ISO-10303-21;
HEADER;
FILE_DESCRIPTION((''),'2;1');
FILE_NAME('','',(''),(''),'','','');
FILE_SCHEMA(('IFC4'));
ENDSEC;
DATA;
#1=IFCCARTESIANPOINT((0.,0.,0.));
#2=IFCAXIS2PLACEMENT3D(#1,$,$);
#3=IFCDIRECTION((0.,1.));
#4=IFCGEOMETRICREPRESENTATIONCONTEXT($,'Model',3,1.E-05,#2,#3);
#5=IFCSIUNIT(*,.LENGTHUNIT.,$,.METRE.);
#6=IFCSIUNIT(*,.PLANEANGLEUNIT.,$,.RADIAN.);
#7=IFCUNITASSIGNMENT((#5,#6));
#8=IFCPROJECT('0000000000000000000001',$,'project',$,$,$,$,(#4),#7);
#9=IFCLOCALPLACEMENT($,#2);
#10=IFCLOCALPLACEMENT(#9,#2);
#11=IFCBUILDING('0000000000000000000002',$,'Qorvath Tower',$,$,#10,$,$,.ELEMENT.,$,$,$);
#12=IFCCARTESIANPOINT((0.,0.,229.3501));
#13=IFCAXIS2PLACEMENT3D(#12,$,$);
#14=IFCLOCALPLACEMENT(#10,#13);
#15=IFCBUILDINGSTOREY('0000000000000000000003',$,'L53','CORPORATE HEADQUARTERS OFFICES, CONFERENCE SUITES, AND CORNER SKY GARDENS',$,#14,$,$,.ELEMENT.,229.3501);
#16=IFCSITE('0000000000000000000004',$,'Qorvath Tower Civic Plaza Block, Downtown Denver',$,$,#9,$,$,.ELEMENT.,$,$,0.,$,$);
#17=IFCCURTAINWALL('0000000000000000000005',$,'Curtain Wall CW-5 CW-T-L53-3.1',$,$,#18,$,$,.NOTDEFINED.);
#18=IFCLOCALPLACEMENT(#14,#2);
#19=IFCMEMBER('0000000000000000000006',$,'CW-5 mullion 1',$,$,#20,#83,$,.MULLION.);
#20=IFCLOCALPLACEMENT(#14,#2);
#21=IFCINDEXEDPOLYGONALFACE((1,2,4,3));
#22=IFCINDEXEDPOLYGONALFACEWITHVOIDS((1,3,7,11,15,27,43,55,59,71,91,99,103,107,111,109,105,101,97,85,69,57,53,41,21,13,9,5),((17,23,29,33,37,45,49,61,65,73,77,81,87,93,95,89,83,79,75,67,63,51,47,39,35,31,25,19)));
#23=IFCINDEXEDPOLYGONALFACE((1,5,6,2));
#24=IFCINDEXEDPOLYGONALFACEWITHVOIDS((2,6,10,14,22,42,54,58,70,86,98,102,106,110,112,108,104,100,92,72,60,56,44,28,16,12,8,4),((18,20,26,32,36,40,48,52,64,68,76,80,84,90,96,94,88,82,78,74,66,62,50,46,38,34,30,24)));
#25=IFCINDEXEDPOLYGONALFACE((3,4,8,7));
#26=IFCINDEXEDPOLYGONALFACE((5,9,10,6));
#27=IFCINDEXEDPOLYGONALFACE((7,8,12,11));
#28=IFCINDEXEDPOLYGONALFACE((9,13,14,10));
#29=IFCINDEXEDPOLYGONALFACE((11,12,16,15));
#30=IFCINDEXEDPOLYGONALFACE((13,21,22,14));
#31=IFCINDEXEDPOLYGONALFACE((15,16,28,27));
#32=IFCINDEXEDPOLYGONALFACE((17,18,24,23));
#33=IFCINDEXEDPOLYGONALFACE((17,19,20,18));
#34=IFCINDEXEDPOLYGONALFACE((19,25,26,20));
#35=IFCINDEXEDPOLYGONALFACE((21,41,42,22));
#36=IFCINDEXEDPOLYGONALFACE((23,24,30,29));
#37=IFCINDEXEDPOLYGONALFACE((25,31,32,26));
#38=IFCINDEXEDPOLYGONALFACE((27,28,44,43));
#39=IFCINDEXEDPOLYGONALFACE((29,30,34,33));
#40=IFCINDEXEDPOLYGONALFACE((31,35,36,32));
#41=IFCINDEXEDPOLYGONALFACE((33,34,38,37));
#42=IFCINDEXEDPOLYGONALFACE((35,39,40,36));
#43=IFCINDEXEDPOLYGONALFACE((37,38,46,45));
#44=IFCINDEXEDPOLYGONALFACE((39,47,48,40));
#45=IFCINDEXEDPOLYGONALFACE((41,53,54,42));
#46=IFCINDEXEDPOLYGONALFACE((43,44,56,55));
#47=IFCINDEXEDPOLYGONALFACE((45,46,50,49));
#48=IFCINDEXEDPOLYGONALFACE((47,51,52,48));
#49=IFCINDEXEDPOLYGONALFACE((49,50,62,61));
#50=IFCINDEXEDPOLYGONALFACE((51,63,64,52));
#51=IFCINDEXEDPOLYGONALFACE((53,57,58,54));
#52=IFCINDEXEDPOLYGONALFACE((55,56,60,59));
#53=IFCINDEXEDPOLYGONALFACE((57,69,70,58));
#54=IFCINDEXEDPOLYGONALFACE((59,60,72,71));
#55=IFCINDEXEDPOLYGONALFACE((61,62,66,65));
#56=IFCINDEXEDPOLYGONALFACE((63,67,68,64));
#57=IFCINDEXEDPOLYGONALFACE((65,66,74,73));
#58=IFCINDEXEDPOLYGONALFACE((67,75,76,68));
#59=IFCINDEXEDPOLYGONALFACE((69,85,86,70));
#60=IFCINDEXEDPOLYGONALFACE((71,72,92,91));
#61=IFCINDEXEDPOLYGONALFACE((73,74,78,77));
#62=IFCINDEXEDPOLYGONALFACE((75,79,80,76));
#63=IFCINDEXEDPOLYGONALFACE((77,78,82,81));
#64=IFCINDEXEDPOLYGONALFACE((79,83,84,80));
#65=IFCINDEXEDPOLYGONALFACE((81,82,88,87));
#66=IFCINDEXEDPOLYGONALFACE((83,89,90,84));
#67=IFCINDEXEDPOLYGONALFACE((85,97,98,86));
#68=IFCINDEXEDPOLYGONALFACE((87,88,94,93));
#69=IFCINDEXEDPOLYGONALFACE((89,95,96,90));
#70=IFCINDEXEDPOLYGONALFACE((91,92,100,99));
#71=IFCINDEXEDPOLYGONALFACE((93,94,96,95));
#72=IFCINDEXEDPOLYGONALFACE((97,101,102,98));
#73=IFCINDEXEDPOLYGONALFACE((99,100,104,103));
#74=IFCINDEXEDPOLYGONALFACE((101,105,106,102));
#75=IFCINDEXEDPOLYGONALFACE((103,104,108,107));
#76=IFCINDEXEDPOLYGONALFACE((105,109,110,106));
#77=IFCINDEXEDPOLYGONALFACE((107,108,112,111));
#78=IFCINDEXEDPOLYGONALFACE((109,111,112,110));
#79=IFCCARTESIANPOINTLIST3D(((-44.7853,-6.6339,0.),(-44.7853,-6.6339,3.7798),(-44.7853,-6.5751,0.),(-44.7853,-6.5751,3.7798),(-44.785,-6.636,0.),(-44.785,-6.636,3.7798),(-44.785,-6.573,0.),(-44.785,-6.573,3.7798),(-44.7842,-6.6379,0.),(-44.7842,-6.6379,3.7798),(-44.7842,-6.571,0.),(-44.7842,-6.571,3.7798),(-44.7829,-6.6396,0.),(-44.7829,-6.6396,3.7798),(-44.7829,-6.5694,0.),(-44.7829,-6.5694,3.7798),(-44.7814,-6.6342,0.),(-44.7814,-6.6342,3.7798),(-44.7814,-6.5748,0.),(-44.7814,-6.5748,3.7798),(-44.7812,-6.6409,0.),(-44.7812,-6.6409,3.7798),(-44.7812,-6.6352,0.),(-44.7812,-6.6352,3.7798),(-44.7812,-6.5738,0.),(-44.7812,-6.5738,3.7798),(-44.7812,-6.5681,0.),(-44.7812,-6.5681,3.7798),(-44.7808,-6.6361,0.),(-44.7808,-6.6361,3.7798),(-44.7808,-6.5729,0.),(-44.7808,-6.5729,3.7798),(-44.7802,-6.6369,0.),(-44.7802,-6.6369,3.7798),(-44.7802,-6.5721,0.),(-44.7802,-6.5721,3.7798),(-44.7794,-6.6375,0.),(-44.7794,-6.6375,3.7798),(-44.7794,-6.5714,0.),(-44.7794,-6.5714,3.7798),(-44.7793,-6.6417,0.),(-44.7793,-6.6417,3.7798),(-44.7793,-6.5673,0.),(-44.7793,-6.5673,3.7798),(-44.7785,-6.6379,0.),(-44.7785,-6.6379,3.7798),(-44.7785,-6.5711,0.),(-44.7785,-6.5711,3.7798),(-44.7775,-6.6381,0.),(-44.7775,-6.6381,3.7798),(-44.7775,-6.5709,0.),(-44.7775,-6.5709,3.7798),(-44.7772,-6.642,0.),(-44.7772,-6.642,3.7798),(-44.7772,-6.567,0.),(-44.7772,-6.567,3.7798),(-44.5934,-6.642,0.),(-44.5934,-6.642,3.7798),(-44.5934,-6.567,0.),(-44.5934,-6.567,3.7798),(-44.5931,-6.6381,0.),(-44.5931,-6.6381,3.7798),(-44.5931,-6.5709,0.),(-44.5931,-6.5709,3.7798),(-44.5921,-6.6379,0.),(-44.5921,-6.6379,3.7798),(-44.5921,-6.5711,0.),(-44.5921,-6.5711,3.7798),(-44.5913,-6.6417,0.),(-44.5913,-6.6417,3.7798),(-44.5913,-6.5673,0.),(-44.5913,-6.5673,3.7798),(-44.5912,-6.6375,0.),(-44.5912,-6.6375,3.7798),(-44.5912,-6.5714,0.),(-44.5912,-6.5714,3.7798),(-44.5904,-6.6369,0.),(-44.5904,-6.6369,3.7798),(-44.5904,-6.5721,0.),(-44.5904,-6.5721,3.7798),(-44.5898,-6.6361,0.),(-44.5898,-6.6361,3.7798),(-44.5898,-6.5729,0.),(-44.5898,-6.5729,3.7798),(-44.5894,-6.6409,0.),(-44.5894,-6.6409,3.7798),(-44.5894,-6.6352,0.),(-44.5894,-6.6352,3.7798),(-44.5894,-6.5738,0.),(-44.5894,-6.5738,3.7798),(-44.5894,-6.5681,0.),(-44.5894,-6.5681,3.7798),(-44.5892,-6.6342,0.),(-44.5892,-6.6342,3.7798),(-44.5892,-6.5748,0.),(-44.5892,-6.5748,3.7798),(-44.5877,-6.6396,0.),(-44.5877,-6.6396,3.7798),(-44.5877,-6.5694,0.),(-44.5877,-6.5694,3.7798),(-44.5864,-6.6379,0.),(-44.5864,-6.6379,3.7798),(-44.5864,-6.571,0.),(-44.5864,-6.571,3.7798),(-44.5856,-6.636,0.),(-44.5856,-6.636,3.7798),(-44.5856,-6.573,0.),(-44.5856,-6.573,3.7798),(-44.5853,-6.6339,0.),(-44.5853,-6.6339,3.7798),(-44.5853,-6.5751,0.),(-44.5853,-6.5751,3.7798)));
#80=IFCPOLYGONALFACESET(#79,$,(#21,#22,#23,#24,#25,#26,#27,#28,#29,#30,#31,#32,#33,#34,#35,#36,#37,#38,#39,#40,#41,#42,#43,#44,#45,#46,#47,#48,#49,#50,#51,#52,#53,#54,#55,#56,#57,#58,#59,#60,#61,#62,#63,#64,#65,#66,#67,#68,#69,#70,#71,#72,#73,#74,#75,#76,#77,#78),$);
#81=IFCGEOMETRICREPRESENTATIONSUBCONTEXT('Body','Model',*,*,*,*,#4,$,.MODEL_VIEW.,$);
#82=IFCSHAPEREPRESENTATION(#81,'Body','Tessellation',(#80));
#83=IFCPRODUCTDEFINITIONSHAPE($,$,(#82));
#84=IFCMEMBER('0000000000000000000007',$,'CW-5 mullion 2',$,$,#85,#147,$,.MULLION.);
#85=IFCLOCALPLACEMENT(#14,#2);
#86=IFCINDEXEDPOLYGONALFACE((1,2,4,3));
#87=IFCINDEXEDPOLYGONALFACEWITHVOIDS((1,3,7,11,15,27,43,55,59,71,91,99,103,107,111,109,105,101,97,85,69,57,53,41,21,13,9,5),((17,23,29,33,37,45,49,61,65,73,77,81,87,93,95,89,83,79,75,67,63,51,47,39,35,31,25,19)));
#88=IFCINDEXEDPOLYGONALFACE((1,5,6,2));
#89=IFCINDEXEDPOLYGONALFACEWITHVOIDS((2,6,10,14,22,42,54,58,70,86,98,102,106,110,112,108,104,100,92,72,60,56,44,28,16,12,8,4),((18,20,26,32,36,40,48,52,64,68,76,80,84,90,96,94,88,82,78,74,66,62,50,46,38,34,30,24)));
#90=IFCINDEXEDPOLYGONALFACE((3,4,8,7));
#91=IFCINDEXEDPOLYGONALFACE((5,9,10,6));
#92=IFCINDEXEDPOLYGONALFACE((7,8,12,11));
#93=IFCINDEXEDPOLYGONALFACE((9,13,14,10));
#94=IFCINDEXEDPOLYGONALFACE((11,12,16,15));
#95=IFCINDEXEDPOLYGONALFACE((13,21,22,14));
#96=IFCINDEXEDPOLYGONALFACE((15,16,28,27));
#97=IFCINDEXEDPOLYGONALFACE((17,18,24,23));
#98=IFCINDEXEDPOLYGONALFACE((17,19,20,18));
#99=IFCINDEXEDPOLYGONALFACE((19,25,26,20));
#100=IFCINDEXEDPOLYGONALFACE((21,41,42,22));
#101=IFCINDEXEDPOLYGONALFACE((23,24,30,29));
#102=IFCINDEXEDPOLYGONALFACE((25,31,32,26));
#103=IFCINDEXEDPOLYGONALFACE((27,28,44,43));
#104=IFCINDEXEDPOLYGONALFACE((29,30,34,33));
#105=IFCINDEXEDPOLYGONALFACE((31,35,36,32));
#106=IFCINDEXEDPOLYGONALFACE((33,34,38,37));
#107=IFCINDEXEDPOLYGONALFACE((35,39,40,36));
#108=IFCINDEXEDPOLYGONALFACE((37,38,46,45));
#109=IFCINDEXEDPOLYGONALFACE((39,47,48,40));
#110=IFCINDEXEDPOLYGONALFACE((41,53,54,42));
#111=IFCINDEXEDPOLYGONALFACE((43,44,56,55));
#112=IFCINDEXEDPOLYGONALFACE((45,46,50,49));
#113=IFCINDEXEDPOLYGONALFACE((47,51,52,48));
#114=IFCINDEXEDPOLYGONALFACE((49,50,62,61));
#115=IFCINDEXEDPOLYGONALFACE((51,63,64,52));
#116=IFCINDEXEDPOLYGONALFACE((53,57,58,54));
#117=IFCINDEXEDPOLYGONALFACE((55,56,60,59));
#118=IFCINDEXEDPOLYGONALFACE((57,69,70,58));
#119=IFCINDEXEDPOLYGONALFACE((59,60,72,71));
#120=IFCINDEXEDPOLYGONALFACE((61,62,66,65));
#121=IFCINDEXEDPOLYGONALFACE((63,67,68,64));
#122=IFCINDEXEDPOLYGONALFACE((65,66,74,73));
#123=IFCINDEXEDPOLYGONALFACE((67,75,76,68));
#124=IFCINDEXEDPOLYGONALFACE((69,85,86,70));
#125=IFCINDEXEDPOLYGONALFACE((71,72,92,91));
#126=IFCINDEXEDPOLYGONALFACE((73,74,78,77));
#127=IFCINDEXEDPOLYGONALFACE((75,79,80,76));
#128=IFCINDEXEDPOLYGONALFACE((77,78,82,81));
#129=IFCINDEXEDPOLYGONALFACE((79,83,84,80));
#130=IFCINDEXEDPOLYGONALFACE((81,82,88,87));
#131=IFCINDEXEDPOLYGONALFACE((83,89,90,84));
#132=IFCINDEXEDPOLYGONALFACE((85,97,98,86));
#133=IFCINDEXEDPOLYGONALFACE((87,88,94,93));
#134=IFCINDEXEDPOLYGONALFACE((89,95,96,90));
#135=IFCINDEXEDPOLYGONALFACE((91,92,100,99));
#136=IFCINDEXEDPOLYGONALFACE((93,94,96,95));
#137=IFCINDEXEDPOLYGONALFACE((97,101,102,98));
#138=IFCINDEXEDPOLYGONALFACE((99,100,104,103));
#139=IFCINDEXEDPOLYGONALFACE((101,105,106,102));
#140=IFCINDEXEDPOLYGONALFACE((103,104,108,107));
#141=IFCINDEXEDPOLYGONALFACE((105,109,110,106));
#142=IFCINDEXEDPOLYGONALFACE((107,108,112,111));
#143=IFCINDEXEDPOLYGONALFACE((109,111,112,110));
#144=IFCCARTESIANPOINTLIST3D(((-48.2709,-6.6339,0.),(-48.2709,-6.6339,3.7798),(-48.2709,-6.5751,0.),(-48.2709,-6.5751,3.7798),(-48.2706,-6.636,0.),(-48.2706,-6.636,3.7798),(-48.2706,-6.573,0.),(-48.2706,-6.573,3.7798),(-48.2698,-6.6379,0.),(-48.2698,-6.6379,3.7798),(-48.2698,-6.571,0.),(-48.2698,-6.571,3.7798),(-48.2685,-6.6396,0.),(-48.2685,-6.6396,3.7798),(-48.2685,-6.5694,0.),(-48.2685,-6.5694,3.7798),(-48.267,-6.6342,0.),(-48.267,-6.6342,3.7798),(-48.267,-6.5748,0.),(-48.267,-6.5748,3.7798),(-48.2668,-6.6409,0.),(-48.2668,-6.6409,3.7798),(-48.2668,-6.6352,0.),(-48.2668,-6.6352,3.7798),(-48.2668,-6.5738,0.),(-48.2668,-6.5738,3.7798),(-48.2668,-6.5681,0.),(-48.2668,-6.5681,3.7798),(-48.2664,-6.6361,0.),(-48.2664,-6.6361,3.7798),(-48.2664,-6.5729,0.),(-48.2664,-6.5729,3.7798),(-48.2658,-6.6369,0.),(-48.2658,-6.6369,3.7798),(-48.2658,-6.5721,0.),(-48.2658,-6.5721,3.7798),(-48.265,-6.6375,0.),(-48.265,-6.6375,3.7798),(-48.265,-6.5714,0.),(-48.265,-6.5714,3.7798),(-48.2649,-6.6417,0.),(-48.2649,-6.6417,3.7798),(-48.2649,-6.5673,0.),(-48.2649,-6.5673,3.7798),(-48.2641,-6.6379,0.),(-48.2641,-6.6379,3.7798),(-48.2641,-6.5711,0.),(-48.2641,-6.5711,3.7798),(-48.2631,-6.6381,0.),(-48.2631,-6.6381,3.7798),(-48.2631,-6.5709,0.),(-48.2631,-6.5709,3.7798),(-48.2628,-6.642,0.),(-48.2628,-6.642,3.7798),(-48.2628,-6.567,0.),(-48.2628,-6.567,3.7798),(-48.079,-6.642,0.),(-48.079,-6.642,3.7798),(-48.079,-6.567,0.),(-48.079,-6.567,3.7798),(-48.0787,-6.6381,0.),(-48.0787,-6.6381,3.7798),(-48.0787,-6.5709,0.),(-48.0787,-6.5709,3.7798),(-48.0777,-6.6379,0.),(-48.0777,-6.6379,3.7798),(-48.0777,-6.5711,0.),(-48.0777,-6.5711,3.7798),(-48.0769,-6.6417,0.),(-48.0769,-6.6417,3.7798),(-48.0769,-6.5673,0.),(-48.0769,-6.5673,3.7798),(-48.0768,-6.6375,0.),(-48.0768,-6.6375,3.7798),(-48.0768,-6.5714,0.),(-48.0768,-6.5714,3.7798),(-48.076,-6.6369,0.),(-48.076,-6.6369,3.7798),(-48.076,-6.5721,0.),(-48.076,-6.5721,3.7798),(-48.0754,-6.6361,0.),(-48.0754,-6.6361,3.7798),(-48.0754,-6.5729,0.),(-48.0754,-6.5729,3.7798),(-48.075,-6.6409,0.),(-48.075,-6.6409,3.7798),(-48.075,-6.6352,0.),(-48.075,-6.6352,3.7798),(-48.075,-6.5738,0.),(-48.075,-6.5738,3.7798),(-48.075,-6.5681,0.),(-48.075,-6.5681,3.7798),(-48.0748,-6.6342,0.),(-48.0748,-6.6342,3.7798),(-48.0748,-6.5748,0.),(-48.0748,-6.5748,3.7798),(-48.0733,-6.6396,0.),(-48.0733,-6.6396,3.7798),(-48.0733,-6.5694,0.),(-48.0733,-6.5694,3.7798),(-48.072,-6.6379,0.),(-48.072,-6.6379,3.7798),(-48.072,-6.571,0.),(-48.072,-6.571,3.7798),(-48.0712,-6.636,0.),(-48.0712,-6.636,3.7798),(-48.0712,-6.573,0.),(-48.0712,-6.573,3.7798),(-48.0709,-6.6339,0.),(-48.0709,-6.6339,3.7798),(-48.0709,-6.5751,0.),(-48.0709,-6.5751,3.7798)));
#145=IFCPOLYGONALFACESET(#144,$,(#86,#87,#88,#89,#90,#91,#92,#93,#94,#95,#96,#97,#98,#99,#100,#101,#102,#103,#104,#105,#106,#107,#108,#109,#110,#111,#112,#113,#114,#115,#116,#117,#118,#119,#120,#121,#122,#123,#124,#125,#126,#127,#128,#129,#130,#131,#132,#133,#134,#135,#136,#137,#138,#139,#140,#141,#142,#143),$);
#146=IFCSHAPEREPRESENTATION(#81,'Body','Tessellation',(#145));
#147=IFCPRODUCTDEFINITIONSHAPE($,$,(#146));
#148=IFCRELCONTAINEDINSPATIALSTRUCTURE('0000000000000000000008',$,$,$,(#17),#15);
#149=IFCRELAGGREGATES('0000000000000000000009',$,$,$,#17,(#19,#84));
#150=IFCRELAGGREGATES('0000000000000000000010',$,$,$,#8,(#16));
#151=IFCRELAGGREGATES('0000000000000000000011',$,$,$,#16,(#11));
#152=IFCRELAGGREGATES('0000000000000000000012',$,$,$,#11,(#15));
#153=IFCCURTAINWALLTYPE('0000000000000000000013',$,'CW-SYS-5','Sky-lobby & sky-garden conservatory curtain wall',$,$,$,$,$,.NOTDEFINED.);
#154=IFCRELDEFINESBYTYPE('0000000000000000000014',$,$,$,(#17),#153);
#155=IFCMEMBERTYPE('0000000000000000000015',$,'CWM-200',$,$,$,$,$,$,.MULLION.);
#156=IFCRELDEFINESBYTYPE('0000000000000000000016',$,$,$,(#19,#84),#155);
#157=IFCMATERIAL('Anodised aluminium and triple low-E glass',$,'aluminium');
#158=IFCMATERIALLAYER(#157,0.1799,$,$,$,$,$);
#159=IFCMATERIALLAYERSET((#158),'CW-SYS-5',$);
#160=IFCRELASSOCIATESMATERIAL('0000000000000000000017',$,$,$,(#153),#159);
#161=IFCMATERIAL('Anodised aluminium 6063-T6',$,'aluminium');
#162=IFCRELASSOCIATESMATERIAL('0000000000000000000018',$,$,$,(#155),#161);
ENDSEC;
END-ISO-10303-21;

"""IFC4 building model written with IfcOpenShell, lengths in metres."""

from ifc_helpers import new_model, si_unit, direction, frame, origin, origin_2d, place, context, subcontext, project, spatial, hollow_rectangle, extrude, material, layer, layer_set, material_profile, profile_set, type_object, element, aggregate, save


model = new_model("IFC4")

# Units and contexts
model_context = context("Model", 3, precision=1e-05, world=origin(), true_north=direction((0.0, 1.0)))
body_context = subcontext(model_context, "Body", "Model", "MODEL_VIEW")
ifc_project = project(units=[si_unit("LENGTHUNIT", "METRE"), si_unit("PLANEANGLEUNIT", "RADIAN")], contexts=[model_context])

# Site, building, storey
site_placement = place(None, origin())
site = spatial("IfcSite", under=ifc_project, at=site_placement, Name="Qorvath Tower Civic Plaza Block, Downtown Denver", CompositionType="ELEMENT", RefElevation=0.0)
building_placement = place(site_placement, origin())
building = spatial("IfcBuilding", under=site, at=building_placement, Name="Qorvath Tower", CompositionType="ELEMENT")
storey_placement = place(building_placement, frame((0.0, 0.0, 229.3501)))
storey = spatial("IfcBuildingStorey", under=building, at=storey_placement, Name="L53", Description="CORPORATE HEADQUARTERS OFFICES, CONFERENCE SUITES, AND CORNER SKY GARDENS", CompositionType="ELEMENT", Elevation=229.3501)

# Curtain wall, members
ifc_material_1 = material(Name="Anodised aluminium and triple low-E glass", Category="aluminium")
ifc_layer_1 = layer(ifc_material_1, 0.1799)
ifc_layer_set_1 = layer_set([ifc_layer_1], Name="CW-SYS-5")
curtain_wall_type = type_object("IfcCurtainWallType", Name="CW-SYS-5", Description="Sky-lobby & sky-garden conservatory curtain wall", PredefinedType="NOTDEFINED", material=ifc_layer_set_1)
ifc_material_2 = material(Name="Anodised aluminium 6063-T6", Category="aluminium")
ifc_material_profile_1 = material_profile(ifc_material_2, hollow_rectangle(XDim=0.075, YDim=0.2, WallThickness=0.0039, InnerFilletRadius=0.0039, OuterFilletRadius=0.0081, at=origin_2d()), Name="CWM 200x75")
ifc_profile_set_1 = profile_set([ifc_material_profile_1], Name="Anodised aluminium 6063-T6")
member_type_1 = type_object("IfcMemberType", Name="CWM-200", PredefinedType="MULLION", material=ifc_profile_set_1)
curtain_wall_1_placement = place(storey_placement, origin())
curtain_wall_1 = element("IfcCurtainWall", 1, at=curtain_wall_1_placement, inside=storey, type_object=curtain_wall_type, Name="Curtain Wall CW-5 CW-T-L53-3.1", PredefinedType="NOTDEFINED")
member_1_placement = place(storey_placement, frame((-44.6853, -6.6045, 0.0), z_axis=(0.0, 0.0, 1.0), x_axis=(0.0, -1.0, 0.0)))
member_1 = element("IfcMember", 2, at=member_1_placement, type_object=member_type_1, Name="CW-5 mullion 1", PredefinedType="MULLION", context=body_context, shape_type="SweptSolid", body=[
    extrude(hollow_rectangle(XDim=0.075, YDim=0.2, WallThickness=0.0039, InnerFilletRadius=0.0039, OuterFilletRadius=0.0081, at=origin_2d()), origin(), (0.0, 0.0, 1.0), 3.7798),
])
member_2_placement = place(storey_placement, frame((-48.1709, -6.6045, 0.0), z_axis=(0.0, 0.0, 1.0), x_axis=(0.0, -1.0, 0.0)))
member_2 = element("IfcMember", 3, at=member_2_placement, type_object=member_type_1, Name="CW-5 mullion 2", PredefinedType="MULLION", context=body_context, shape_type="SweptSolid", body=[
    extrude(hollow_rectangle(XDim=0.075, YDim=0.2, WallThickness=0.0039, InnerFilletRadius=0.0039, OuterFilletRadius=0.0081, at=origin_2d()), origin(), (0.0, 0.0, 1.0), 3.7798),
])

aggregate(curtain_wall_1, [member_1, member_2])

save(model, "model.ifc")
